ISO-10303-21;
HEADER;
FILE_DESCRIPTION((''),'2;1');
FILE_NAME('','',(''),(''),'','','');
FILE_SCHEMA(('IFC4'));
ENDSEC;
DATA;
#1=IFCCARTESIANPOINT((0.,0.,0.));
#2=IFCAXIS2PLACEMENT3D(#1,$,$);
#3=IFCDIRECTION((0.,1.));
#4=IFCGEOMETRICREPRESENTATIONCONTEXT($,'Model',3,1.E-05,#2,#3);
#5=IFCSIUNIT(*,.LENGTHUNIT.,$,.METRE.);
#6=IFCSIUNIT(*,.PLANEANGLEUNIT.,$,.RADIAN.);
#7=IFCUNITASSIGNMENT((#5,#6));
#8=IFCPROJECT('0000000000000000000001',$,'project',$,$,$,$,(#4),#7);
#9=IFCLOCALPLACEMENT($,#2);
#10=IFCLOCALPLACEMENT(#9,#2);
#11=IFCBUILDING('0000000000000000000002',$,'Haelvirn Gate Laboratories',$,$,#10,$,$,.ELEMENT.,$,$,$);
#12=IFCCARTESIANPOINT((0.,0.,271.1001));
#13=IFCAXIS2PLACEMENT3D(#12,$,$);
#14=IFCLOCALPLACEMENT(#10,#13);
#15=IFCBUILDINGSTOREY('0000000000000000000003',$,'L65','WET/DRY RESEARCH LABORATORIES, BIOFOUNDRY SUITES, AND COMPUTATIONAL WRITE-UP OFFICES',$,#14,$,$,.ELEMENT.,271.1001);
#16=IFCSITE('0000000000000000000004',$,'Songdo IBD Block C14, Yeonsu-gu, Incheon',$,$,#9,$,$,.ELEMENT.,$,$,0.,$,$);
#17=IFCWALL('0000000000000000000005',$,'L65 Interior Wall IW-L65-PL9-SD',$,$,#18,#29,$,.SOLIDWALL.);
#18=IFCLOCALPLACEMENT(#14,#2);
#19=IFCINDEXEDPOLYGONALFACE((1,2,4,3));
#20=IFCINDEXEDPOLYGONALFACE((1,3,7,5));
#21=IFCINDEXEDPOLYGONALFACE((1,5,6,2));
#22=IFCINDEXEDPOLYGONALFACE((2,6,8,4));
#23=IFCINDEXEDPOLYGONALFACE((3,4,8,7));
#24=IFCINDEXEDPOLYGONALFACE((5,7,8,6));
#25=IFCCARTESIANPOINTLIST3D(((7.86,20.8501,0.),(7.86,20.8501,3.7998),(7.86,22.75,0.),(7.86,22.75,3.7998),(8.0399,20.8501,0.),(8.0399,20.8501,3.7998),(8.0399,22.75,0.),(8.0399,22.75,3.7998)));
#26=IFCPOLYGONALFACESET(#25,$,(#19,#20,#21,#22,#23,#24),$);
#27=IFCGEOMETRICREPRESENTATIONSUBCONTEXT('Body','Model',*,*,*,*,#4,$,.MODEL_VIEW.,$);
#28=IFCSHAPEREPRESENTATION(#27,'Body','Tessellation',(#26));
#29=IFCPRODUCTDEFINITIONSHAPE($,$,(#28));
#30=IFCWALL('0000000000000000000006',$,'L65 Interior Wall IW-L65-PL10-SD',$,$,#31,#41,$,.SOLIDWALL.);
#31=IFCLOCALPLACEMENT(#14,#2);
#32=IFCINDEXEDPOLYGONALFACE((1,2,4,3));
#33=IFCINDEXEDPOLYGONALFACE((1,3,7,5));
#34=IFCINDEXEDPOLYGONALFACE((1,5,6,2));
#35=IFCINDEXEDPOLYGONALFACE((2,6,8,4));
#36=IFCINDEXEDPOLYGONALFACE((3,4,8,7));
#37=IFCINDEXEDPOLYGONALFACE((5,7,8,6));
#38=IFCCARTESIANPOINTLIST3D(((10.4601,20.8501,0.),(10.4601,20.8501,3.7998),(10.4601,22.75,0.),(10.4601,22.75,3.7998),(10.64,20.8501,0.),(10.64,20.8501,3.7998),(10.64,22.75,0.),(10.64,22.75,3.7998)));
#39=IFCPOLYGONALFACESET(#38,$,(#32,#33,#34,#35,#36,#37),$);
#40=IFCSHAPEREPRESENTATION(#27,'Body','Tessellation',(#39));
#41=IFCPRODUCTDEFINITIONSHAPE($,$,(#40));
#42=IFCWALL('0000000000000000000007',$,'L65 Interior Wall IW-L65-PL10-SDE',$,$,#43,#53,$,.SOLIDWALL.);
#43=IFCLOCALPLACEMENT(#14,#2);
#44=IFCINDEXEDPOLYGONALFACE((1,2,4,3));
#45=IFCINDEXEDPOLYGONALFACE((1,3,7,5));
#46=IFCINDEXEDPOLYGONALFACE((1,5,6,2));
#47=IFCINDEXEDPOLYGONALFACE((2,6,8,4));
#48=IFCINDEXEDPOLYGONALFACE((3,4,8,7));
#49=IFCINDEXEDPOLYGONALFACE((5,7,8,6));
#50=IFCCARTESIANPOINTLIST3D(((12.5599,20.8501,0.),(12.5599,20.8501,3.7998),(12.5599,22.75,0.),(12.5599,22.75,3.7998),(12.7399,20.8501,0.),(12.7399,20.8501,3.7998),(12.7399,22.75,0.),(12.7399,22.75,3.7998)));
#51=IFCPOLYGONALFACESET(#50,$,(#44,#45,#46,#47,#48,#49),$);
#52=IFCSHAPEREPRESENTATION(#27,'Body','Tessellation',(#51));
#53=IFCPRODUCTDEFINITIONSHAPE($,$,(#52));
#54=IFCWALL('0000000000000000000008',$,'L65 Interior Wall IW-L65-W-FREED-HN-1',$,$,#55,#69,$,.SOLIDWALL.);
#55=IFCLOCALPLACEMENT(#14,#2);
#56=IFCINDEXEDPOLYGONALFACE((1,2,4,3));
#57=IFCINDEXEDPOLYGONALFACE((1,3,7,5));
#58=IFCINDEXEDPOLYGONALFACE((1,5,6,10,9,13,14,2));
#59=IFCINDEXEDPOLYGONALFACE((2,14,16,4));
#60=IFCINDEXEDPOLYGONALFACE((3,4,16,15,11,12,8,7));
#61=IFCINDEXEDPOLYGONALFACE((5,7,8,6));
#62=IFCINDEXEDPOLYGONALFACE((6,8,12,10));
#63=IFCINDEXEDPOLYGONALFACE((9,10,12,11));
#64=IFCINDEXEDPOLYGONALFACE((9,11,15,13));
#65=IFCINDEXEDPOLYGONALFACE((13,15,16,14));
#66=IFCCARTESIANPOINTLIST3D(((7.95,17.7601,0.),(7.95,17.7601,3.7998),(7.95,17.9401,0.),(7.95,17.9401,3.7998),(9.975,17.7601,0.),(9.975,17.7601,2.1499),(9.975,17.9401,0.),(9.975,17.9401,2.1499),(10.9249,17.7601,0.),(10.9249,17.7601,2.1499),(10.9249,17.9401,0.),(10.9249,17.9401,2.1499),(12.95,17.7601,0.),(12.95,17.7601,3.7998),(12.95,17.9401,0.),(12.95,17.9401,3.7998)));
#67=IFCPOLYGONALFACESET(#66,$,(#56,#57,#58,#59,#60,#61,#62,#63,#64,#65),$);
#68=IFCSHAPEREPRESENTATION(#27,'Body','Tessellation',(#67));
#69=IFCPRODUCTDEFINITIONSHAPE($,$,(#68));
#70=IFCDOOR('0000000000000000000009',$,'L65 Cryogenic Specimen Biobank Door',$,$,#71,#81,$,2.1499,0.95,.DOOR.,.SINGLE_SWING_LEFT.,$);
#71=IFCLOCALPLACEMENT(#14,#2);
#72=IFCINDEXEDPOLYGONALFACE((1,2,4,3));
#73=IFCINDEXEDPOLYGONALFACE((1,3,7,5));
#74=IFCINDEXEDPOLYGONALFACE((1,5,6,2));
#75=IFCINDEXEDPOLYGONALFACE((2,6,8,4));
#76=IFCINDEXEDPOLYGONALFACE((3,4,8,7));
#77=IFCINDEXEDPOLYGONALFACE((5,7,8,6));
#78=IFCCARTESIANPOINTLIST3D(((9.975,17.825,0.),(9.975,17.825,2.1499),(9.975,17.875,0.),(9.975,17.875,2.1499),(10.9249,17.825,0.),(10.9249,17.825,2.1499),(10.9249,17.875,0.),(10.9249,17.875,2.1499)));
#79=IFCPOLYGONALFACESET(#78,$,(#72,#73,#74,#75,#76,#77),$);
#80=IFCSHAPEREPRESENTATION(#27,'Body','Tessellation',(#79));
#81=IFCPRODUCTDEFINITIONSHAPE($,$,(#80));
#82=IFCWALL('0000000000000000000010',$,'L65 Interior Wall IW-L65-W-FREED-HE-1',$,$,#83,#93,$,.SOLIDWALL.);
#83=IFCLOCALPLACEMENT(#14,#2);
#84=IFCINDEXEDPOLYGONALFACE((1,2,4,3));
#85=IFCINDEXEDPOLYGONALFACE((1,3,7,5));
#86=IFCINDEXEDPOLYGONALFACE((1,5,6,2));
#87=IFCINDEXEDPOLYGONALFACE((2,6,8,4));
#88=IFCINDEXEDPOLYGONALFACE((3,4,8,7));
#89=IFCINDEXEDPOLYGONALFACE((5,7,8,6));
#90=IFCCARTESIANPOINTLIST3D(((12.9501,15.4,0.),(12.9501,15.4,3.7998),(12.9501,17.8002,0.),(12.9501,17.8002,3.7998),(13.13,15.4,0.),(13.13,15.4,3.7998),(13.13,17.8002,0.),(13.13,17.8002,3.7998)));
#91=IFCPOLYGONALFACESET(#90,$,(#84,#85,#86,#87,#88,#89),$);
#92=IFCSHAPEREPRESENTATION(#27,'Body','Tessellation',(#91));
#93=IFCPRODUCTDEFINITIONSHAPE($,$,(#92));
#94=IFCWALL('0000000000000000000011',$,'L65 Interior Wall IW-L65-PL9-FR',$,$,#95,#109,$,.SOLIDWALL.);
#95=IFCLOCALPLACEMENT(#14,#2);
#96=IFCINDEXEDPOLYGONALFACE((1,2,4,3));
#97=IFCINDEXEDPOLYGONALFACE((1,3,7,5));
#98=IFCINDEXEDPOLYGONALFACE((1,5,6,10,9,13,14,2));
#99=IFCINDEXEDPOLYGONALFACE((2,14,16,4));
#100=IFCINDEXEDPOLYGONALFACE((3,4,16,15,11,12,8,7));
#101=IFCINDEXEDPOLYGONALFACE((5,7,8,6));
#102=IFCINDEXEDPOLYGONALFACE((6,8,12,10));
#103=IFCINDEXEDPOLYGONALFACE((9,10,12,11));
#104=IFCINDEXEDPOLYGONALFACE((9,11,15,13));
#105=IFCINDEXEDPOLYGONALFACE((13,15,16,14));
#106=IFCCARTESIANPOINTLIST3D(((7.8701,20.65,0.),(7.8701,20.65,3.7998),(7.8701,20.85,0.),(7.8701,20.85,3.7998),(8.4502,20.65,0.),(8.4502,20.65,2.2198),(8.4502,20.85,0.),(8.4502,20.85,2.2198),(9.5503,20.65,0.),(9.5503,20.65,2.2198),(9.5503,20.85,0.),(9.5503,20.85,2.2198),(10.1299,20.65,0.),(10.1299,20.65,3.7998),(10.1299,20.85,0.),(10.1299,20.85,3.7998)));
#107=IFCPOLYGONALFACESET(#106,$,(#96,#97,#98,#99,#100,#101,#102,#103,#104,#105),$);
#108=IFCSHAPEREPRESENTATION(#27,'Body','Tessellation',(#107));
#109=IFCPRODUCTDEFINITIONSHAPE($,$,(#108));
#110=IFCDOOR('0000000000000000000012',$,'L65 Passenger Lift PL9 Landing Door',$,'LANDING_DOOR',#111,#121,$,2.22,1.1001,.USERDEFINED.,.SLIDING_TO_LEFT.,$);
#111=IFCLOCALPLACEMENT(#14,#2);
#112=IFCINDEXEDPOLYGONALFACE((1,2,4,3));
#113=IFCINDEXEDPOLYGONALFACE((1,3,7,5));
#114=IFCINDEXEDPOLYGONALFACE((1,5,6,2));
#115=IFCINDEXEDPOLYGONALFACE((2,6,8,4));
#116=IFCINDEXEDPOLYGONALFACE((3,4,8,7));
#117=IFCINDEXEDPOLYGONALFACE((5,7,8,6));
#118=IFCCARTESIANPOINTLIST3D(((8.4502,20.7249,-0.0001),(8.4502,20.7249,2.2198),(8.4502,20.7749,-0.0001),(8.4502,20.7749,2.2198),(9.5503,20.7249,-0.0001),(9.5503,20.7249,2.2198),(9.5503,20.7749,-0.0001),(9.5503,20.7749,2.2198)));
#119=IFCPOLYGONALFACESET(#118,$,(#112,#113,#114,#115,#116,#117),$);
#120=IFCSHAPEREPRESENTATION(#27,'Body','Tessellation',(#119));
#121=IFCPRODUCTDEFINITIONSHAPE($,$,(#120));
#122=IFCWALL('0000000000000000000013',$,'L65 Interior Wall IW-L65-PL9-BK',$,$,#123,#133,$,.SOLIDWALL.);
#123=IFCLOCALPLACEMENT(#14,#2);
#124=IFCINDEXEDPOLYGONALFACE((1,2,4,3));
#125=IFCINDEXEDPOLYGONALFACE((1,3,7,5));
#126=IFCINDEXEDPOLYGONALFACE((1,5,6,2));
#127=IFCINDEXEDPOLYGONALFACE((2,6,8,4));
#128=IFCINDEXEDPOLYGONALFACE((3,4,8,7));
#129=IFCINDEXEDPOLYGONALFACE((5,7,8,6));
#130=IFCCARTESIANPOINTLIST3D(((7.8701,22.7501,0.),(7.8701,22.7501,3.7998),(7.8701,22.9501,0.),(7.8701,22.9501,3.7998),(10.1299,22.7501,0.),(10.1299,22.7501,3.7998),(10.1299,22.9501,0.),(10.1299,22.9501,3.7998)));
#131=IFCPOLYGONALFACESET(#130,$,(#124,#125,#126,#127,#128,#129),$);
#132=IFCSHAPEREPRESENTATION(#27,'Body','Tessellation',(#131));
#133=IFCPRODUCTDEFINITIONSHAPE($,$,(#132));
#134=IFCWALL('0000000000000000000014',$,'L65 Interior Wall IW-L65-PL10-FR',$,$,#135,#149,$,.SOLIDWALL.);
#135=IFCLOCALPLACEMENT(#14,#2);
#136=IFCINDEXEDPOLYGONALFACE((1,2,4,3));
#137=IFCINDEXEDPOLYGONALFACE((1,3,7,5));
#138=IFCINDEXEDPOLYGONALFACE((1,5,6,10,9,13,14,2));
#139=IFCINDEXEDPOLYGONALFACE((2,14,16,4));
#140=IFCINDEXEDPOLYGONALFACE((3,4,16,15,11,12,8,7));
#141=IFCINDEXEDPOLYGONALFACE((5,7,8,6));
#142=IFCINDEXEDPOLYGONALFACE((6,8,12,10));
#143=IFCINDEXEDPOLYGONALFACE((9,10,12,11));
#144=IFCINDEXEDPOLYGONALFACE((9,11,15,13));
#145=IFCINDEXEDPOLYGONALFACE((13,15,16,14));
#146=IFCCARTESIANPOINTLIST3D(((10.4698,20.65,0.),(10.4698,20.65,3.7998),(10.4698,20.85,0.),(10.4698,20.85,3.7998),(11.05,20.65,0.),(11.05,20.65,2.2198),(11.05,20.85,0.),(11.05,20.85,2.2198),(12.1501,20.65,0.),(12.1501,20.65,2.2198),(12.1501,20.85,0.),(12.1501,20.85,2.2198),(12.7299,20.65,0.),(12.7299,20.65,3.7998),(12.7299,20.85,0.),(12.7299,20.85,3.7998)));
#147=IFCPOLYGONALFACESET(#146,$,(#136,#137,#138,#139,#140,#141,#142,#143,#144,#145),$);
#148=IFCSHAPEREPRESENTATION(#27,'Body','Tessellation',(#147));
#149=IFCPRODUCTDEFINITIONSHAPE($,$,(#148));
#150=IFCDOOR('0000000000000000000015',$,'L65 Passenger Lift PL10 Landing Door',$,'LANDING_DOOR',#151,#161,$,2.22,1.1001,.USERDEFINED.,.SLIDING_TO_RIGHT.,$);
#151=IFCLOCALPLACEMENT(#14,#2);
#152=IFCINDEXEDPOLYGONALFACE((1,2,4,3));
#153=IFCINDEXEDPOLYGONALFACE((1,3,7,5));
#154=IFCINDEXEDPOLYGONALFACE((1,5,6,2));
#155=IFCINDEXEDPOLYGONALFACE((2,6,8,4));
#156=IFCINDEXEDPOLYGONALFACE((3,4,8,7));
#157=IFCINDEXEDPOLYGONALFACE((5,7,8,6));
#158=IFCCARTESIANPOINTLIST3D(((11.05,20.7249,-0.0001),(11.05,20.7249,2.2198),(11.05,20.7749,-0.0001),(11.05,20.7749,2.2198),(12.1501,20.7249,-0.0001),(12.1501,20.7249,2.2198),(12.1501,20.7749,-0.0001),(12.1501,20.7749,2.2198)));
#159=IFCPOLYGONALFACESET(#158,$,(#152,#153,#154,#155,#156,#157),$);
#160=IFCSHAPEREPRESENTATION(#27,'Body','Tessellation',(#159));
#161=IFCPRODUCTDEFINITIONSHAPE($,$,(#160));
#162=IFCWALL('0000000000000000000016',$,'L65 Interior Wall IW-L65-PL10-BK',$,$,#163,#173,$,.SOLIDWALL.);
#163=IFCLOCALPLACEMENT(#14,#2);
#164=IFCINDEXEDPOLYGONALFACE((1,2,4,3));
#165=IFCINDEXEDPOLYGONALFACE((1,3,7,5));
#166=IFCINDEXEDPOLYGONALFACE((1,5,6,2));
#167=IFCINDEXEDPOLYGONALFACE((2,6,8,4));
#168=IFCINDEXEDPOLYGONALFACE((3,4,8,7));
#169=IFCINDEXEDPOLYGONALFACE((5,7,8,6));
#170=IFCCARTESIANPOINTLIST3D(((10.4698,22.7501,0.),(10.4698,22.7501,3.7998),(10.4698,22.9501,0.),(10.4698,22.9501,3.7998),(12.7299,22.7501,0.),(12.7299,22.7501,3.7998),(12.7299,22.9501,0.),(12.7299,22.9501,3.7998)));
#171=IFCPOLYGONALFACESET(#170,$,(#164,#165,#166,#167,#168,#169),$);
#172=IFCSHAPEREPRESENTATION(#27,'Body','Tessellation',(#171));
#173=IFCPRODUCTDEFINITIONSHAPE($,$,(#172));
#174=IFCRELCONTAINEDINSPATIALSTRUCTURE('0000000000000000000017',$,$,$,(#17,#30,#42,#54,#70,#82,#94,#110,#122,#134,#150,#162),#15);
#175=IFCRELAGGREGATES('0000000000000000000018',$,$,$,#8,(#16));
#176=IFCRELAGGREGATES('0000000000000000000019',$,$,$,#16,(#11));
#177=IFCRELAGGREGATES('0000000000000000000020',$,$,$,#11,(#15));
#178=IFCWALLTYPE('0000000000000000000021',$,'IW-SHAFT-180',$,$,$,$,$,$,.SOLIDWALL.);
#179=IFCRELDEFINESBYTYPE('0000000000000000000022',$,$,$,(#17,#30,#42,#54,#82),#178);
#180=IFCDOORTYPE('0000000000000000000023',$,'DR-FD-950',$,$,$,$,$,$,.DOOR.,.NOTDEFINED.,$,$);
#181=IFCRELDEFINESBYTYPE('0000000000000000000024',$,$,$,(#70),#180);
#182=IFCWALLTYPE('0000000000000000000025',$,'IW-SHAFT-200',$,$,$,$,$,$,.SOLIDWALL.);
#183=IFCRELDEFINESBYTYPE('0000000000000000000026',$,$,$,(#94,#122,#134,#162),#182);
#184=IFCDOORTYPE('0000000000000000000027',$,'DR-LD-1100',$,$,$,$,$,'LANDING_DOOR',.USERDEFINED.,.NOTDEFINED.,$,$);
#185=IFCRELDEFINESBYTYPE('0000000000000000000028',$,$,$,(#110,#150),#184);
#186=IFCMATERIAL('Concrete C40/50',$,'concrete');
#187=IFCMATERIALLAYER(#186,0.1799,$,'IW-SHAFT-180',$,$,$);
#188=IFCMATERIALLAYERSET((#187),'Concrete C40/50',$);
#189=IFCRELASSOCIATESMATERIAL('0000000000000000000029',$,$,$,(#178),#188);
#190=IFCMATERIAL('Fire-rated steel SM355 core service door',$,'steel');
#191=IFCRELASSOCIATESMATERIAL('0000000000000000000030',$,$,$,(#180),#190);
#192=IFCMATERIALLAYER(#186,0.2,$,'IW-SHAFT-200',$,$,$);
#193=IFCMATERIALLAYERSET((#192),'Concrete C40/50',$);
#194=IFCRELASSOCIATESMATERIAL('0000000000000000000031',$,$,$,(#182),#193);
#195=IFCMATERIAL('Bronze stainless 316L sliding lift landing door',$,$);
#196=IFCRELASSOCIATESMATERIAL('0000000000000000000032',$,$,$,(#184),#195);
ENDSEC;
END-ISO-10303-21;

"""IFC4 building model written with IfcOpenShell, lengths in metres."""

from ifc_helpers import new_model, si_unit, direction, frame, frame_2d, origin, place, context, subcontext, project, spatial, rectangle, extrude, source, transform, mapped, material, layer, layer_set, type_object, type_shapes, element, fill, save


model = new_model("IFC4")

# Units and contexts
model_context = context("Model", 3, precision=1e-05, world=origin(), true_north=direction((0.0, 1.0)))
body_context = subcontext(model_context, "Body", "Model", "MODEL_VIEW")
ifc_project = project(units=[si_unit("LENGTHUNIT", "METRE"), si_unit("PLANEANGLEUNIT", "RADIAN")], contexts=[model_context])

# Site, building, storey
site_placement = place(None, origin())
site = spatial("IfcSite", under=ifc_project, at=site_placement, Name="Songdo IBD Block C14, Yeonsu-gu, Incheon", CompositionType="ELEMENT", RefElevation=0.0)
building_placement = place(site_placement, origin())
building = spatial("IfcBuilding", under=site, at=building_placement, Name="Haelvirn Gate Laboratories", CompositionType="ELEMENT")
storey_placement = place(building_placement, frame((0.0, 0.0, 271.1001)))
storey = spatial("IfcBuildingStorey", under=building, at=storey_placement, Name="L65", Description="WET/DRY RESEARCH LABORATORIES, BIOFOUNDRY SUITES, AND COMPUTATIONAL WRITE-UP OFFICES", CompositionType="ELEMENT", Elevation=271.1001)

# Walls
ifc_material_1 = material(Name="Concrete C40/50", Category="concrete")
ifc_layer_1 = layer(ifc_material_1, 0.1799, Name="IW-SHAFT-180")
ifc_layer_set_1 = layer_set([ifc_layer_1], Name="Concrete C40/50")
wall_type_1 = type_object("IfcWallType", Name="IW-SHAFT-180", PredefinedType="SOLIDWALL", material=ifc_layer_set_1)
for number, where, z_axis, x_axis, name in (
    (1, (7.95, 20.8501, 0.0), (0.0, 0.0, 1.0), (0.0, 1.0, 0.0), "L65 Interior Wall IW-L65-PL9-SD"),
    (2, (10.55, 20.8501, 0.0), (0.0, 0.0, 1.0), (0.0, 1.0, 0.0), "L65 Interior Wall IW-L65-PL10-SD"),
    (3, (12.6499, 20.8501, 0.0), (0.0, 0.0, 1.0), (0.0, 1.0, 0.0), "L65 Interior Wall IW-L65-PL10-SDE"),
):
    element("IfcWall", number, at=place(storey_placement, frame(where, z_axis=z_axis, x_axis=x_axis)), inside=storey, type_object=wall_type_1, Name=name, PredefinedType="SOLIDWALL", context=body_context, shape_type="SweptSolid", body=[
        extrude(rectangle(XDim=1.8999, YDim=0.1799, at=frame_2d((0.95, 0.0))), origin(), (0.0, 0.0, 1.0), 3.7998),
    ])

# Wall, opening, door
wall_1_placement = place(storey_placement, frame((7.95, 17.8501, 0.0), z_axis=(0.0, 0.0, 1.0), x_axis=(1.0, 0.0, 0.0)))
wall_1 = element("IfcWall", 4, at=wall_1_placement, inside=storey, type_object=wall_type_1, Name="L65 Interior Wall IW-L65-W-FREED-HN-1", PredefinedType="SOLIDWALL", context=body_context, shape_type="SweptSolid", body=[
    extrude(rectangle(XDim=5.0, YDim=0.1799, at=frame_2d((2.5, 0.0))), origin(), (0.0, 0.0, 1.0), 3.7998),
])
opening_1_placement = place(wall_1_placement, frame((2.0249, 0.0, 0.0)))
opening_1 = element("IfcOpeningElement", 5, at=opening_1_placement, cuts=wall_1, PredefinedType="OPENING", context=body_context, shape_type="SweptSolid", body=[
    extrude(rectangle(XDim=0.95, YDim=2.1499, at=frame_2d((0.4751, 1.075))), frame((0.0, 0.1001, 0.0), z_axis=(0.0, -1.0, 0.0), x_axis=(1.0, 0.0, 0.0)), (0.0, 0.0, 1.0), 0.2),
])
ifc_material_2 = material(Name="Fire-rated steel SM355 core service door", Category="steel")
door_type_1 = type_object("IfcDoorType", Name="DR-FD-950", OperationType="NOTDEFINED", PredefinedType="DOOR", material=ifc_material_2)
shared_shape_1 = source(origin(), body_context, "Body", "SweptSolid", [
    extrude(rectangle(XDim=0.95, YDim=2.1499, at=frame_2d((0.4751, 1.075))), frame((0.0, 0.0249, 0.0), z_axis=(0.0, -1.0, 0.0), x_axis=(1.0, 0.0, 0.0)), (0.0, 0.0, 1.0), 0.05),
])
type_shapes(door_type_1, [shared_shape_1])
door_1_placement = place(opening_1_placement, origin())
door_1 = element("IfcDoor", 6, at=door_1_placement, inside=storey, type_object=door_type_1, Name="L65 Cryogenic Specimen Biobank Door", OperationType="SINGLE_SWING_LEFT", OverallHeight=2.1499, OverallWidth=0.95, PredefinedType="DOOR", context=body_context, shape_type="MappedRepresentation", body=[
    mapped(shared_shape_1, transform((0.0, 0.0, 0.0), scale=1.0)),
])
fill(opening_1, door_1)

# Wall
wall_2_placement = place(storey_placement, frame((13.04, 15.3999, 0.0), z_axis=(0.0, 0.0, 1.0), x_axis=(0.0, 1.0, 0.0)))
element("IfcWall", 7, at=wall_2_placement, inside=storey, type_object=wall_type_1, Name="L65 Interior Wall IW-L65-W-FREED-HE-1", PredefinedType="SOLIDWALL", context=body_context, shape_type="SweptSolid", body=[
    extrude(rectangle(XDim=2.4001, YDim=0.1799, at=frame_2d((1.2002, 0.0))), origin(), (0.0, 0.0, 1.0), 3.7998),
])

# Wall, opening, door
ifc_layer_2 = layer(ifc_material_1, 0.2, Name="IW-SHAFT-200")
ifc_layer_set_2 = layer_set([ifc_layer_2], Name="Concrete C40/50")
wall_type_2 = type_object("IfcWallType", Name="IW-SHAFT-200", PredefinedType="SOLIDWALL", material=ifc_layer_set_2)
wall_3_placement = place(storey_placement, frame((7.8701, 20.75, 0.0), z_axis=(0.0, 0.0, 1.0), x_axis=(1.0, 0.0, 0.0)))
wall_3 = element("IfcWall", 8, at=wall_3_placement, inside=storey, type_object=wall_type_2, Name="L65 Interior Wall IW-L65-PL9-FR", PredefinedType="SOLIDWALL", context=body_context, shape_type="SweptSolid", body=[
    extrude(rectangle(XDim=2.2598, YDim=0.2, at=frame_2d((1.1299, 0.0))), origin(), (0.0, 0.0, 1.0), 3.7998),
])
opening_2_placement = place(wall_3_placement, frame((0.5801, 0.0, 0.0)))
opening_2 = element("IfcOpeningElement", 9, at=opening_2_placement, cuts=wall_3, PredefinedType="OPENING", context=body_context, shape_type="SweptSolid", body=[
    extrude(rectangle(XDim=1.1001, YDim=2.22, at=frame_2d((0.55, 1.1099))), frame((0.0, 0.1099, 0.0), z_axis=(0.0, -1.0, 0.0), x_axis=(1.0, 0.0, 0.0)), (0.0, 0.0, 1.0), 0.22),
])
ifc_material_3 = material(Name="Bronze stainless 316L sliding lift landing door")
door_type_2 = type_object("IfcDoorType", Name="DR-LD-1100", ElementType="LANDING_DOOR", OperationType="NOTDEFINED", PredefinedType="USERDEFINED", material=ifc_material_3)
shared_shape_2 = source(origin(), body_context, "Body", "SweptSolid", [
    extrude(rectangle(XDim=1.1001, YDim=2.22, at=frame_2d((0.55, 1.1099))), frame((0.0, 0.0249, 0.0), z_axis=(0.0, -1.0, 0.0), x_axis=(1.0, 0.0, 0.0)), (0.0, 0.0, 1.0), 0.05),
])
type_shapes(door_type_2, [shared_shape_2])
door_2_placement = place(opening_2_placement, origin())
door_2 = element("IfcDoor", 10, at=door_2_placement, inside=storey, type_object=door_type_2, Name="L65 Passenger Lift PL9 Landing Door", ObjectType="LANDING_DOOR", OperationType="SLIDING_TO_LEFT", OverallHeight=2.22, OverallWidth=1.1001, PredefinedType="USERDEFINED", context=body_context, shape_type="MappedRepresentation", body=[
    mapped(shared_shape_2, transform((0.0, 0.0, 0.0), scale=1.0)),
])
fill(opening_2, door_2)

# Wall
wall_4_placement = place(storey_placement, frame((7.8701, 22.8501, 0.0), z_axis=(0.0, 0.0, 1.0), x_axis=(1.0, 0.0, 0.0)))
element("IfcWall", 11, at=wall_4_placement, inside=storey, type_object=wall_type_2, Name="L65 Interior Wall IW-L65-PL9-BK", PredefinedType="SOLIDWALL", context=body_context, shape_type="SweptSolid", body=[
    extrude(rectangle(XDim=2.2598, YDim=0.2, at=frame_2d((1.1299, 0.0))), origin(), (0.0, 0.0, 1.0), 3.7998),
])

# Wall, opening, door
wall_5_placement = place(storey_placement, frame((10.47, 20.75, 0.0), z_axis=(0.0, 0.0, 1.0), x_axis=(1.0, 0.0, 0.0)))
wall_5 = element("IfcWall", 12, at=wall_5_placement, inside=storey, type_object=wall_type_2, Name="L65 Interior Wall IW-L65-PL10-FR", PredefinedType="SOLIDWALL", context=body_context, shape_type="SweptSolid", body=[
    extrude(rectangle(XDim=2.26, YDim=0.2, at=frame_2d((1.1299, 0.0))), origin(), (0.0, 0.0, 1.0), 3.7998),
])
opening_3_placement = place(wall_5_placement, frame((0.5801, 0.0, 0.0)))
opening_3 = element("IfcOpeningElement", 13, at=opening_3_placement, cuts=wall_5, PredefinedType="OPENING", context=body_context, shape_type="SweptSolid", body=[
    extrude(rectangle(XDim=1.1001, YDim=2.22, at=frame_2d((0.55, 1.1099))), frame((0.0, 0.1099, 0.0), z_axis=(0.0, -1.0, 0.0), x_axis=(1.0, 0.0, 0.0)), (0.0, 0.0, 1.0), 0.22),
])
door_3_placement = place(opening_3_placement, origin())
door_3 = element("IfcDoor", 14, at=door_3_placement, inside=storey, type_object=door_type_2, Name="L65 Passenger Lift PL10 Landing Door", ObjectType="LANDING_DOOR", OperationType="SLIDING_TO_RIGHT", OverallHeight=2.22, OverallWidth=1.1001, PredefinedType="USERDEFINED", context=body_context, shape_type="MappedRepresentation", body=[
    mapped(shared_shape_2, transform((0.0, 0.0, 0.0), scale=1.0)),
])
fill(opening_3, door_3)

# Wall
wall_6_placement = place(storey_placement, frame((10.47, 22.8501, 0.0), z_axis=(0.0, 0.0, 1.0), x_axis=(1.0, 0.0, 0.0)))
element("IfcWall", 15, at=wall_6_placement, inside=storey, type_object=wall_type_2, Name="L65 Interior Wall IW-L65-PL10-BK", PredefinedType="SOLIDWALL", context=body_context, shape_type="SweptSolid", body=[
    extrude(rectangle(XDim=2.26, YDim=0.2, at=frame_2d((1.1299, 0.0))), origin(), (0.0, 0.0, 1.0), 3.7998),
])

save(model, "model.ifc")
